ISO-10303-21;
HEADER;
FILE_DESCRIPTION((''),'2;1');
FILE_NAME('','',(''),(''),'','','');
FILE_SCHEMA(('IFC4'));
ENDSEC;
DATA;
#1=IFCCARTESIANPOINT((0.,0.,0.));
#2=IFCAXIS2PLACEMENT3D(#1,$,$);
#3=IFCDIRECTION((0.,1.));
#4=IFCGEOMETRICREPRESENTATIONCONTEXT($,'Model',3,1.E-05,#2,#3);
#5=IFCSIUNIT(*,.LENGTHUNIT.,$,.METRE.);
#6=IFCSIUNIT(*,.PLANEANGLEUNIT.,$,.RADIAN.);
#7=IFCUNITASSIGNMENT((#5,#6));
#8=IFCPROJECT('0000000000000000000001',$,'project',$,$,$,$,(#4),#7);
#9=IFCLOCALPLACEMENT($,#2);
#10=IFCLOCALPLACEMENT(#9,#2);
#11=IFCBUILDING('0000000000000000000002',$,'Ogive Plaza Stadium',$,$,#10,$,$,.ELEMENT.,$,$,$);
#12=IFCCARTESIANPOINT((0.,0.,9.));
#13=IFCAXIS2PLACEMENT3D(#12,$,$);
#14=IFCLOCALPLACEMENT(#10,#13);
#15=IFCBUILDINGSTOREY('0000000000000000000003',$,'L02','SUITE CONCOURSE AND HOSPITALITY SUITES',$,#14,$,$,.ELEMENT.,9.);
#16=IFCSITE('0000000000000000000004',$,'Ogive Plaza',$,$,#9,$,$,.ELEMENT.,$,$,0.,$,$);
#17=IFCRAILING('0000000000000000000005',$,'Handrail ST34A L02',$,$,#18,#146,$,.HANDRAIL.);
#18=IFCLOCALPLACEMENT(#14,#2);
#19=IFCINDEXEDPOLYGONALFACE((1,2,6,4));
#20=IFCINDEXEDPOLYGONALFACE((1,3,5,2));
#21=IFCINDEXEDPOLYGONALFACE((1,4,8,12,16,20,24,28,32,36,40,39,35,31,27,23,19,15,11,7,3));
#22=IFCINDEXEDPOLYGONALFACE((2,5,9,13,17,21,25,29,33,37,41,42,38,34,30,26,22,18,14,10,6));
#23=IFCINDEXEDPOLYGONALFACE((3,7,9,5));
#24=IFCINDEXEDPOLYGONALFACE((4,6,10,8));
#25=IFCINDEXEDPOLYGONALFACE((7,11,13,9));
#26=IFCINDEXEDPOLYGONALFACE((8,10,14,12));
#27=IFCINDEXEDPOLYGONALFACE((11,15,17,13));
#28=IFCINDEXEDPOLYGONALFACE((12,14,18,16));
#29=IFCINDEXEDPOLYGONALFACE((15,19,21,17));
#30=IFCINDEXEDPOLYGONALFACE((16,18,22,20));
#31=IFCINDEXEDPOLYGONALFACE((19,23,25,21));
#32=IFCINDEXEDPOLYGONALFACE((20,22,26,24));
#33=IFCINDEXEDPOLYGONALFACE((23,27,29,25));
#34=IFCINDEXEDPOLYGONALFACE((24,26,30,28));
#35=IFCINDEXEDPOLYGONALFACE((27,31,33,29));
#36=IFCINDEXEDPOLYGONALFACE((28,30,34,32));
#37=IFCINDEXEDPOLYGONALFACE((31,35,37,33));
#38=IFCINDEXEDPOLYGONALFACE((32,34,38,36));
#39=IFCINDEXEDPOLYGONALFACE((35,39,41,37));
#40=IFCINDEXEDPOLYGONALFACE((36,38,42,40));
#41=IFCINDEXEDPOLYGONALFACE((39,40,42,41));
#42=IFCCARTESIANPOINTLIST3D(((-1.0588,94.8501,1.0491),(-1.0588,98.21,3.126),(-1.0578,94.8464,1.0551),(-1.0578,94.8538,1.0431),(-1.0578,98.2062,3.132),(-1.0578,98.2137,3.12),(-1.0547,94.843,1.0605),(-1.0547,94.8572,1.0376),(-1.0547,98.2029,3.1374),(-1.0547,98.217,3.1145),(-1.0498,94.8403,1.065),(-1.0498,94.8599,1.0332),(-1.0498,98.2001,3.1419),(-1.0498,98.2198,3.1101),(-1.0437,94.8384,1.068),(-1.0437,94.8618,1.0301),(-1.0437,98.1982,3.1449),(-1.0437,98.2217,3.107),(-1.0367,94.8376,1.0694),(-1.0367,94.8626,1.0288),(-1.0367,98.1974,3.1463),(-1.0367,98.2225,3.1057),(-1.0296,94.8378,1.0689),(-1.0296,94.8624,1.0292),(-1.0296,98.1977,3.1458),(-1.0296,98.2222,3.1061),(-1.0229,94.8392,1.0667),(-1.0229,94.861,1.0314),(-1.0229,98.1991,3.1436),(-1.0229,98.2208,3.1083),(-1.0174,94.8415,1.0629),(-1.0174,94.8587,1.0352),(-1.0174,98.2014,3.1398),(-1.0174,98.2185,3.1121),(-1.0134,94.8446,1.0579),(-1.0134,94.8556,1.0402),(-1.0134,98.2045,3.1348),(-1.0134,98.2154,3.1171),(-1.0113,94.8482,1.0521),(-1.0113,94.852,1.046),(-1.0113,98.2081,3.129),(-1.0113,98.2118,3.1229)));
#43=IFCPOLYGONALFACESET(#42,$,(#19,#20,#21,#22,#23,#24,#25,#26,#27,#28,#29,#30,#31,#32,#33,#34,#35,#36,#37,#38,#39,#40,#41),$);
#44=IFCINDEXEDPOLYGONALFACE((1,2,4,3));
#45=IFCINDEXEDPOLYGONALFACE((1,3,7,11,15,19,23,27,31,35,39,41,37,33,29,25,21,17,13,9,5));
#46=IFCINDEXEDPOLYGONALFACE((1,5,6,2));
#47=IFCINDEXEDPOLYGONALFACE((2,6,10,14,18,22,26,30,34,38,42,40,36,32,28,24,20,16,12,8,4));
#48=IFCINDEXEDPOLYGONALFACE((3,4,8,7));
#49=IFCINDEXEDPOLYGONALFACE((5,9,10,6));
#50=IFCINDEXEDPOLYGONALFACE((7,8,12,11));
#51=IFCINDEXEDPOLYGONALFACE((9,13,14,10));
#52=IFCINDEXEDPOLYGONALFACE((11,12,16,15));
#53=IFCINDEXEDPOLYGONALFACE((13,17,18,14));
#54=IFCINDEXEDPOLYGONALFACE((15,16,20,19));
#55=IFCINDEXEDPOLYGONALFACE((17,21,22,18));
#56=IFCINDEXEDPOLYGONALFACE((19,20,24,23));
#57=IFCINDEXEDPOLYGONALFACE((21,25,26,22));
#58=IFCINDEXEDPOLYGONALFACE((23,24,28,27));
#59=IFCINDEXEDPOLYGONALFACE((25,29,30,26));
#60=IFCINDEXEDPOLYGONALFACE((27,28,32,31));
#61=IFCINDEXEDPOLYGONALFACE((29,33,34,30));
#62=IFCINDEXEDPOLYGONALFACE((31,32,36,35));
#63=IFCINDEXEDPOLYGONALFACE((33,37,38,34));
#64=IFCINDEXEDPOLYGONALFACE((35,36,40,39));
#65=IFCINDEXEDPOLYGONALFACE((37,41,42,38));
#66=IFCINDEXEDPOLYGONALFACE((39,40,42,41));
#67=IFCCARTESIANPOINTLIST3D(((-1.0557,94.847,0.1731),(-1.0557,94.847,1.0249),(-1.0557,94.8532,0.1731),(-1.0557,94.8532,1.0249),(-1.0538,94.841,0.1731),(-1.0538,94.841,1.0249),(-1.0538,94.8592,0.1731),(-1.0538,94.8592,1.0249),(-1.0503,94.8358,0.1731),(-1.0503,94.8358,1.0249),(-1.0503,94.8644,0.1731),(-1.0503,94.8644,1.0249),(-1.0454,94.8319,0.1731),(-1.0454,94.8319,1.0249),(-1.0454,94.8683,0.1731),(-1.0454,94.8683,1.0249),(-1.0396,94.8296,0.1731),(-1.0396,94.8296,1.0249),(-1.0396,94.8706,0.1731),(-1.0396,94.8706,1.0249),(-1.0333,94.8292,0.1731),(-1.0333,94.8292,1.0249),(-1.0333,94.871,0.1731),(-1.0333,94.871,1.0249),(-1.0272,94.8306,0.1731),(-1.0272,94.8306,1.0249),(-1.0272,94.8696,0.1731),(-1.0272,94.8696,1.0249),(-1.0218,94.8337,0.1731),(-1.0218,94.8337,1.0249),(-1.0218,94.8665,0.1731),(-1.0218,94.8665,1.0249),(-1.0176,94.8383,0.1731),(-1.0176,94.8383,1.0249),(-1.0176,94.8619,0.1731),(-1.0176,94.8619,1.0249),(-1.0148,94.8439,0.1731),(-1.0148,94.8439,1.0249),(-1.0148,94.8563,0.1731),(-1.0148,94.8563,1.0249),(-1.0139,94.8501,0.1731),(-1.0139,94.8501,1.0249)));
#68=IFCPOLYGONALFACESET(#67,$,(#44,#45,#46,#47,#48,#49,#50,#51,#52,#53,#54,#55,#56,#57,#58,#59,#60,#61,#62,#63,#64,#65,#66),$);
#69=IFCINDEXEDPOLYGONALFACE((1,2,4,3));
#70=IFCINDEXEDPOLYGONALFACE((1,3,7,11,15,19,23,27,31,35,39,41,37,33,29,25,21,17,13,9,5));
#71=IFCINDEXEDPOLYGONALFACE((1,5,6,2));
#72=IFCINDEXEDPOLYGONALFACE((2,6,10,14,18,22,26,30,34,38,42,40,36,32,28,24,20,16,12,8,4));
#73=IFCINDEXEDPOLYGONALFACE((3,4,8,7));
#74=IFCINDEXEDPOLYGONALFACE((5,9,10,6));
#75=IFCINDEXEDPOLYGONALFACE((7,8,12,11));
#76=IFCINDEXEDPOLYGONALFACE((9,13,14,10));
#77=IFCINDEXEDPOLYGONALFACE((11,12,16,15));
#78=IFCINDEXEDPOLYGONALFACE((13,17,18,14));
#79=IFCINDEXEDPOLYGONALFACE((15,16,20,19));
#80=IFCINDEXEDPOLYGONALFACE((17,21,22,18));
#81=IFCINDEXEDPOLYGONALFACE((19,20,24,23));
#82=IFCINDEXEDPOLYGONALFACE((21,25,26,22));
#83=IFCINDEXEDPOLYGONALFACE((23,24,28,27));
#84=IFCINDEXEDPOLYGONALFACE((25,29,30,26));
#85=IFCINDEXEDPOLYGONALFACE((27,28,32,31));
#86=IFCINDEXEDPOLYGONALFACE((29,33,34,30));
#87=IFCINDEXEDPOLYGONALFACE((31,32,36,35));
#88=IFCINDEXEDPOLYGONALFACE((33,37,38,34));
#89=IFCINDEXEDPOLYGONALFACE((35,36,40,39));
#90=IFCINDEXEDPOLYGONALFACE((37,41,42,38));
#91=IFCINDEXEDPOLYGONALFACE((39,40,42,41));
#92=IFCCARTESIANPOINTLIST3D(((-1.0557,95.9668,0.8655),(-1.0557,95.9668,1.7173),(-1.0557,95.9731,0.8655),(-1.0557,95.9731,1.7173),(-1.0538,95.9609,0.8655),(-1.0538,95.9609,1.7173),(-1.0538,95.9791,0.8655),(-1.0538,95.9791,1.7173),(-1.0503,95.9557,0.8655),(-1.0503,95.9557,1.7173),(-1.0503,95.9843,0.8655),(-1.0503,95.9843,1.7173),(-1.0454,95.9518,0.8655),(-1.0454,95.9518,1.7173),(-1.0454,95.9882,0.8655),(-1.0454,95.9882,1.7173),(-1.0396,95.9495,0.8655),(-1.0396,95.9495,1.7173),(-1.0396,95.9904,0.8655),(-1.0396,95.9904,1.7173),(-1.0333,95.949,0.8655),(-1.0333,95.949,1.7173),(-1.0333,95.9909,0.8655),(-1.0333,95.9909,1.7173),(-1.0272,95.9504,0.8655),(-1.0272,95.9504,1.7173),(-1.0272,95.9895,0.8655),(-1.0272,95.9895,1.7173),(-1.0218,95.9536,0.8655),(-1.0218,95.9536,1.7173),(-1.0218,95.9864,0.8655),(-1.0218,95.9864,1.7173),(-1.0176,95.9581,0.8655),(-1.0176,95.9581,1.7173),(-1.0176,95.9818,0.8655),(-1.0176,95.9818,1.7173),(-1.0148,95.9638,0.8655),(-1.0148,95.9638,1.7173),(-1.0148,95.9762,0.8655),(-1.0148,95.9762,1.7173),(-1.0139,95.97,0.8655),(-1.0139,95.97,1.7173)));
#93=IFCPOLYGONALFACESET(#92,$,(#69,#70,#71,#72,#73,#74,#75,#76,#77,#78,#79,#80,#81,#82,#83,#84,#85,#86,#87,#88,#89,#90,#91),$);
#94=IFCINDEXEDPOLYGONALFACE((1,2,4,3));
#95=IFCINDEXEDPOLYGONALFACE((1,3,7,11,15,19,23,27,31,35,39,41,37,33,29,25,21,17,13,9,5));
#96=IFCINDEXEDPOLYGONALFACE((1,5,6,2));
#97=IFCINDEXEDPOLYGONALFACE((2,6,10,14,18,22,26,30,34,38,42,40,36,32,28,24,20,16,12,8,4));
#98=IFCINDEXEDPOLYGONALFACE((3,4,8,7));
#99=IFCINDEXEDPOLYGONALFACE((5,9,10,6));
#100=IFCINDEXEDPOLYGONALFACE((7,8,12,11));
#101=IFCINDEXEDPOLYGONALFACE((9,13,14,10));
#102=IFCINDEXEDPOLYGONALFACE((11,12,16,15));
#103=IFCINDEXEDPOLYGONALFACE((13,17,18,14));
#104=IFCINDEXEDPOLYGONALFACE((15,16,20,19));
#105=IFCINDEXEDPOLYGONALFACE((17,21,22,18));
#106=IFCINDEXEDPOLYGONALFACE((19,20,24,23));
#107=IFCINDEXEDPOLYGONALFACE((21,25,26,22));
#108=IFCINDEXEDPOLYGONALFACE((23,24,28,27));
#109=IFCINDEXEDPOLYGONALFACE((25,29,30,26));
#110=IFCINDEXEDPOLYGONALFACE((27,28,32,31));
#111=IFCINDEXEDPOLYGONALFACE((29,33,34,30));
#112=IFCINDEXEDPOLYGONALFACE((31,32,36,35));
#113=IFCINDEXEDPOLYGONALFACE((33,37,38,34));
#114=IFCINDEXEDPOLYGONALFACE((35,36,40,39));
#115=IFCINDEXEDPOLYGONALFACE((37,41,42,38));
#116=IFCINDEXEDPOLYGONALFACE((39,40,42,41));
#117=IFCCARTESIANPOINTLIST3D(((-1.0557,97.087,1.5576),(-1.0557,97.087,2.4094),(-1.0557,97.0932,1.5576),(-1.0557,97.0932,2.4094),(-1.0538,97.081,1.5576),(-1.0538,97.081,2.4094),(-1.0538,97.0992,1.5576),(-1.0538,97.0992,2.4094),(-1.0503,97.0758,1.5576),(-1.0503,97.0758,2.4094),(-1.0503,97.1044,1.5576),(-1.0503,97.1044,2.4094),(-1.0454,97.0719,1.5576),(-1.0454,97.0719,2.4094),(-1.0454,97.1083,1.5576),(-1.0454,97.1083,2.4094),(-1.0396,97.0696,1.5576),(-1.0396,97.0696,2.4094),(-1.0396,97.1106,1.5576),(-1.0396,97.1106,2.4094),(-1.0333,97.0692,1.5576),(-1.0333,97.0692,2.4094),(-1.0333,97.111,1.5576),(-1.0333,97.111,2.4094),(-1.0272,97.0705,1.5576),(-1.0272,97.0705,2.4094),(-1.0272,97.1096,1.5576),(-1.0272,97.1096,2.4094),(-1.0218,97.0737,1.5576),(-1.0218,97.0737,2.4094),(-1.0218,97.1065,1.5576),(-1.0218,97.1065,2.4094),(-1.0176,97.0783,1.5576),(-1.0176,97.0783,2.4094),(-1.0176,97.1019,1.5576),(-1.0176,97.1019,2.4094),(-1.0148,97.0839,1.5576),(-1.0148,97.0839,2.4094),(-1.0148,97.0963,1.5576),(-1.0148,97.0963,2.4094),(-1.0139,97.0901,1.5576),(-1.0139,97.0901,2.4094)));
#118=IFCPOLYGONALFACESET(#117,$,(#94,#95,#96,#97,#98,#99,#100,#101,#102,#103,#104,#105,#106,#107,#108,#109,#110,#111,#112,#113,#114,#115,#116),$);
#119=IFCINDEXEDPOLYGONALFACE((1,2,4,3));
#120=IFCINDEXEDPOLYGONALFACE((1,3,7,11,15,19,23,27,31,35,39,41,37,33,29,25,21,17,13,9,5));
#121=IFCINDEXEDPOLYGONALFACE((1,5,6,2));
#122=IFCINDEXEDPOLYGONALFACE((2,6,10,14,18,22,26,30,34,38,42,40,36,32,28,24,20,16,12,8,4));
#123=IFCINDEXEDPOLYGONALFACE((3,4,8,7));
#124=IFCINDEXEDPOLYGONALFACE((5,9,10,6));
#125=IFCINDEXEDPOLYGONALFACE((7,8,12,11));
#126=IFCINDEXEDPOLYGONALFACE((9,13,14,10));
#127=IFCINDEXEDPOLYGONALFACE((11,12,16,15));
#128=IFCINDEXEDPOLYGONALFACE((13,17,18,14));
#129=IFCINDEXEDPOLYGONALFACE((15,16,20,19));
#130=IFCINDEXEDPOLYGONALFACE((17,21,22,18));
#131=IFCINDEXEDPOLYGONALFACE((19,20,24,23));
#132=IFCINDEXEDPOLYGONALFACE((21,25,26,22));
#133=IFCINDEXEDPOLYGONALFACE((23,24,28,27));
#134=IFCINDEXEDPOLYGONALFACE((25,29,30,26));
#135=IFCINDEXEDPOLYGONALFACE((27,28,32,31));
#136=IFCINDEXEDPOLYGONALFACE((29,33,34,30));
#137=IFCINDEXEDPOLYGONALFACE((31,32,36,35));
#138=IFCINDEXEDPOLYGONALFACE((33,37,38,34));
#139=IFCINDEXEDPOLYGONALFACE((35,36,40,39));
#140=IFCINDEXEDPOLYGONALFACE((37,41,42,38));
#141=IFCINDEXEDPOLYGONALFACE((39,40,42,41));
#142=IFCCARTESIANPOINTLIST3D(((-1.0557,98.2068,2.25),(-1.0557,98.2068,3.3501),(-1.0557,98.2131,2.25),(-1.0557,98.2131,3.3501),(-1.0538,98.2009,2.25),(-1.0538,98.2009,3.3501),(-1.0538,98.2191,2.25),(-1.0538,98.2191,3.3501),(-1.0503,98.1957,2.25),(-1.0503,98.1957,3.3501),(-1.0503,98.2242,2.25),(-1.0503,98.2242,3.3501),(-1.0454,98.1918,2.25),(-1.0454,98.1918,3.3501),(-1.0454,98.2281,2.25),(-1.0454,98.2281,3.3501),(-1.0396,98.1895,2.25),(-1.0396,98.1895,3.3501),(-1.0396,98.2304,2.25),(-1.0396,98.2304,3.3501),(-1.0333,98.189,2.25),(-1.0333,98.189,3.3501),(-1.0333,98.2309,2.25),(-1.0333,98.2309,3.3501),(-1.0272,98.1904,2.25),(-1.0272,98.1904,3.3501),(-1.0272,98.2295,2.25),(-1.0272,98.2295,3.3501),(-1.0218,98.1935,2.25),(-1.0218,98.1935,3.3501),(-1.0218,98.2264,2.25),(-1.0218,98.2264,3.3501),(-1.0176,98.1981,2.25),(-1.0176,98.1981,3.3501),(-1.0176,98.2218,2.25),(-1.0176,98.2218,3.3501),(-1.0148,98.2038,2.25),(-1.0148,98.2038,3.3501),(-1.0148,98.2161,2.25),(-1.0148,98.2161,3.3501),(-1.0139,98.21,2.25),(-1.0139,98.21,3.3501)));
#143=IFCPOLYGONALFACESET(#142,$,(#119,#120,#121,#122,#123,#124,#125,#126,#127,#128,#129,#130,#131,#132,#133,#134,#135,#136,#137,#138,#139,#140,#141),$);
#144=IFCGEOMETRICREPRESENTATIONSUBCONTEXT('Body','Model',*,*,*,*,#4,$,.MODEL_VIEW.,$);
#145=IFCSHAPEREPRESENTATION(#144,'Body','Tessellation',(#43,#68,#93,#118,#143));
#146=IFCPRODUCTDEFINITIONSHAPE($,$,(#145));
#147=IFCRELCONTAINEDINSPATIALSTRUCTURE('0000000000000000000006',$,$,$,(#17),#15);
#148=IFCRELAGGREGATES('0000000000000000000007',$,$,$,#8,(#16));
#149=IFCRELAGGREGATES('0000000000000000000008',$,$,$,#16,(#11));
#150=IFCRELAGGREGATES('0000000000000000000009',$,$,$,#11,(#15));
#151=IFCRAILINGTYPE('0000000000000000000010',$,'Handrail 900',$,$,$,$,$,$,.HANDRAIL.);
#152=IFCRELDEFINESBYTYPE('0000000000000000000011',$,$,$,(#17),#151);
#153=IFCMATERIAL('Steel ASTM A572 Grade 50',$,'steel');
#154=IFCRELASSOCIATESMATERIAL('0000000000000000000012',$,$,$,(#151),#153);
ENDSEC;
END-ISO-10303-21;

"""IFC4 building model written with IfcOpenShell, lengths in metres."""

from ifc_helpers import new_model, si_unit, direction, frame, origin, origin_2d, place, context, subcontext, project, spatial, circle, extrude, material, type_object, element, save


model = new_model("IFC4")

# Units and contexts
model_context = context("Model", 3, precision=1e-05, world=origin(), true_north=direction((0.0, 1.0)))
body_context = subcontext(model_context, "Body", "Model", "MODEL_VIEW")
ifc_project = project(units=[si_unit("LENGTHUNIT", "METRE"), si_unit("PLANEANGLEUNIT", "RADIAN")], contexts=[model_context])

# Site, building, storey
site_placement = place(None, origin())
site = spatial("IfcSite", under=ifc_project, at=site_placement, Name="Ogive Plaza", CompositionType="ELEMENT", RefElevation=0.0)
building_placement = place(site_placement, origin())
building = spatial("IfcBuilding", under=site, at=building_placement, Name="Ogive Plaza Stadium", CompositionType="ELEMENT")
storey_placement = place(building_placement, frame((0.0, 0.0, 9.0)))
storey = spatial("IfcBuildingStorey", under=building, at=storey_placement, Name="L02", Description="SUITE CONCOURSE AND HOSPITALITY SUITES", CompositionType="ELEMENT", Elevation=9.0)

# Railing
ifc_material_1 = material(Name="Steel ASTM A572 Grade 50", Category="steel")
railing_type_1 = type_object("IfcRailingType", Name="Handrail 900", PredefinedType="HANDRAIL", material=ifc_material_1)
for number, where, name in (
    (1, (-1.0349, 94.8501, 0.1731), "Handrail ST34A L02"),
):
    element("IfcRailing", number, at=place(storey_placement, frame(where)), inside=storey, type_object=railing_type_1, Name=name, PredefinedType="HANDRAIL", context=body_context, shape_type="SweptSolid", body=[
        extrude(circle(Radius=0.0239, at=origin_2d()), frame((0.0, 0.0, 0.876), z_axis=(0.0, 0.850606, 0.525803), x_axis=(-1.0, 0.0, 0.0)), (0.0, 0.0, 1.0), 3.95),
        extrude(circle(Radius=0.021, at=origin_2d()), origin(), (0.0, 0.0, 1.0), 0.8518),
        extrude(circle(Radius=0.021, at=origin_2d()), frame((0.0, 1.1199, 0.6924)), (0.0, 0.0, 1.0), 0.8518),
        extrude(circle(Radius=0.021, at=origin_2d()), frame((0.0, 2.24, 1.3845)), (0.0, 0.0, 1.0), 0.8518),
        extrude(circle(Radius=0.021, at=origin_2d()), frame((0.0, 3.3599, 2.0769)), (0.0, 0.0, 1.0), 1.1001),
    ])

save(model, "model.ifc")
